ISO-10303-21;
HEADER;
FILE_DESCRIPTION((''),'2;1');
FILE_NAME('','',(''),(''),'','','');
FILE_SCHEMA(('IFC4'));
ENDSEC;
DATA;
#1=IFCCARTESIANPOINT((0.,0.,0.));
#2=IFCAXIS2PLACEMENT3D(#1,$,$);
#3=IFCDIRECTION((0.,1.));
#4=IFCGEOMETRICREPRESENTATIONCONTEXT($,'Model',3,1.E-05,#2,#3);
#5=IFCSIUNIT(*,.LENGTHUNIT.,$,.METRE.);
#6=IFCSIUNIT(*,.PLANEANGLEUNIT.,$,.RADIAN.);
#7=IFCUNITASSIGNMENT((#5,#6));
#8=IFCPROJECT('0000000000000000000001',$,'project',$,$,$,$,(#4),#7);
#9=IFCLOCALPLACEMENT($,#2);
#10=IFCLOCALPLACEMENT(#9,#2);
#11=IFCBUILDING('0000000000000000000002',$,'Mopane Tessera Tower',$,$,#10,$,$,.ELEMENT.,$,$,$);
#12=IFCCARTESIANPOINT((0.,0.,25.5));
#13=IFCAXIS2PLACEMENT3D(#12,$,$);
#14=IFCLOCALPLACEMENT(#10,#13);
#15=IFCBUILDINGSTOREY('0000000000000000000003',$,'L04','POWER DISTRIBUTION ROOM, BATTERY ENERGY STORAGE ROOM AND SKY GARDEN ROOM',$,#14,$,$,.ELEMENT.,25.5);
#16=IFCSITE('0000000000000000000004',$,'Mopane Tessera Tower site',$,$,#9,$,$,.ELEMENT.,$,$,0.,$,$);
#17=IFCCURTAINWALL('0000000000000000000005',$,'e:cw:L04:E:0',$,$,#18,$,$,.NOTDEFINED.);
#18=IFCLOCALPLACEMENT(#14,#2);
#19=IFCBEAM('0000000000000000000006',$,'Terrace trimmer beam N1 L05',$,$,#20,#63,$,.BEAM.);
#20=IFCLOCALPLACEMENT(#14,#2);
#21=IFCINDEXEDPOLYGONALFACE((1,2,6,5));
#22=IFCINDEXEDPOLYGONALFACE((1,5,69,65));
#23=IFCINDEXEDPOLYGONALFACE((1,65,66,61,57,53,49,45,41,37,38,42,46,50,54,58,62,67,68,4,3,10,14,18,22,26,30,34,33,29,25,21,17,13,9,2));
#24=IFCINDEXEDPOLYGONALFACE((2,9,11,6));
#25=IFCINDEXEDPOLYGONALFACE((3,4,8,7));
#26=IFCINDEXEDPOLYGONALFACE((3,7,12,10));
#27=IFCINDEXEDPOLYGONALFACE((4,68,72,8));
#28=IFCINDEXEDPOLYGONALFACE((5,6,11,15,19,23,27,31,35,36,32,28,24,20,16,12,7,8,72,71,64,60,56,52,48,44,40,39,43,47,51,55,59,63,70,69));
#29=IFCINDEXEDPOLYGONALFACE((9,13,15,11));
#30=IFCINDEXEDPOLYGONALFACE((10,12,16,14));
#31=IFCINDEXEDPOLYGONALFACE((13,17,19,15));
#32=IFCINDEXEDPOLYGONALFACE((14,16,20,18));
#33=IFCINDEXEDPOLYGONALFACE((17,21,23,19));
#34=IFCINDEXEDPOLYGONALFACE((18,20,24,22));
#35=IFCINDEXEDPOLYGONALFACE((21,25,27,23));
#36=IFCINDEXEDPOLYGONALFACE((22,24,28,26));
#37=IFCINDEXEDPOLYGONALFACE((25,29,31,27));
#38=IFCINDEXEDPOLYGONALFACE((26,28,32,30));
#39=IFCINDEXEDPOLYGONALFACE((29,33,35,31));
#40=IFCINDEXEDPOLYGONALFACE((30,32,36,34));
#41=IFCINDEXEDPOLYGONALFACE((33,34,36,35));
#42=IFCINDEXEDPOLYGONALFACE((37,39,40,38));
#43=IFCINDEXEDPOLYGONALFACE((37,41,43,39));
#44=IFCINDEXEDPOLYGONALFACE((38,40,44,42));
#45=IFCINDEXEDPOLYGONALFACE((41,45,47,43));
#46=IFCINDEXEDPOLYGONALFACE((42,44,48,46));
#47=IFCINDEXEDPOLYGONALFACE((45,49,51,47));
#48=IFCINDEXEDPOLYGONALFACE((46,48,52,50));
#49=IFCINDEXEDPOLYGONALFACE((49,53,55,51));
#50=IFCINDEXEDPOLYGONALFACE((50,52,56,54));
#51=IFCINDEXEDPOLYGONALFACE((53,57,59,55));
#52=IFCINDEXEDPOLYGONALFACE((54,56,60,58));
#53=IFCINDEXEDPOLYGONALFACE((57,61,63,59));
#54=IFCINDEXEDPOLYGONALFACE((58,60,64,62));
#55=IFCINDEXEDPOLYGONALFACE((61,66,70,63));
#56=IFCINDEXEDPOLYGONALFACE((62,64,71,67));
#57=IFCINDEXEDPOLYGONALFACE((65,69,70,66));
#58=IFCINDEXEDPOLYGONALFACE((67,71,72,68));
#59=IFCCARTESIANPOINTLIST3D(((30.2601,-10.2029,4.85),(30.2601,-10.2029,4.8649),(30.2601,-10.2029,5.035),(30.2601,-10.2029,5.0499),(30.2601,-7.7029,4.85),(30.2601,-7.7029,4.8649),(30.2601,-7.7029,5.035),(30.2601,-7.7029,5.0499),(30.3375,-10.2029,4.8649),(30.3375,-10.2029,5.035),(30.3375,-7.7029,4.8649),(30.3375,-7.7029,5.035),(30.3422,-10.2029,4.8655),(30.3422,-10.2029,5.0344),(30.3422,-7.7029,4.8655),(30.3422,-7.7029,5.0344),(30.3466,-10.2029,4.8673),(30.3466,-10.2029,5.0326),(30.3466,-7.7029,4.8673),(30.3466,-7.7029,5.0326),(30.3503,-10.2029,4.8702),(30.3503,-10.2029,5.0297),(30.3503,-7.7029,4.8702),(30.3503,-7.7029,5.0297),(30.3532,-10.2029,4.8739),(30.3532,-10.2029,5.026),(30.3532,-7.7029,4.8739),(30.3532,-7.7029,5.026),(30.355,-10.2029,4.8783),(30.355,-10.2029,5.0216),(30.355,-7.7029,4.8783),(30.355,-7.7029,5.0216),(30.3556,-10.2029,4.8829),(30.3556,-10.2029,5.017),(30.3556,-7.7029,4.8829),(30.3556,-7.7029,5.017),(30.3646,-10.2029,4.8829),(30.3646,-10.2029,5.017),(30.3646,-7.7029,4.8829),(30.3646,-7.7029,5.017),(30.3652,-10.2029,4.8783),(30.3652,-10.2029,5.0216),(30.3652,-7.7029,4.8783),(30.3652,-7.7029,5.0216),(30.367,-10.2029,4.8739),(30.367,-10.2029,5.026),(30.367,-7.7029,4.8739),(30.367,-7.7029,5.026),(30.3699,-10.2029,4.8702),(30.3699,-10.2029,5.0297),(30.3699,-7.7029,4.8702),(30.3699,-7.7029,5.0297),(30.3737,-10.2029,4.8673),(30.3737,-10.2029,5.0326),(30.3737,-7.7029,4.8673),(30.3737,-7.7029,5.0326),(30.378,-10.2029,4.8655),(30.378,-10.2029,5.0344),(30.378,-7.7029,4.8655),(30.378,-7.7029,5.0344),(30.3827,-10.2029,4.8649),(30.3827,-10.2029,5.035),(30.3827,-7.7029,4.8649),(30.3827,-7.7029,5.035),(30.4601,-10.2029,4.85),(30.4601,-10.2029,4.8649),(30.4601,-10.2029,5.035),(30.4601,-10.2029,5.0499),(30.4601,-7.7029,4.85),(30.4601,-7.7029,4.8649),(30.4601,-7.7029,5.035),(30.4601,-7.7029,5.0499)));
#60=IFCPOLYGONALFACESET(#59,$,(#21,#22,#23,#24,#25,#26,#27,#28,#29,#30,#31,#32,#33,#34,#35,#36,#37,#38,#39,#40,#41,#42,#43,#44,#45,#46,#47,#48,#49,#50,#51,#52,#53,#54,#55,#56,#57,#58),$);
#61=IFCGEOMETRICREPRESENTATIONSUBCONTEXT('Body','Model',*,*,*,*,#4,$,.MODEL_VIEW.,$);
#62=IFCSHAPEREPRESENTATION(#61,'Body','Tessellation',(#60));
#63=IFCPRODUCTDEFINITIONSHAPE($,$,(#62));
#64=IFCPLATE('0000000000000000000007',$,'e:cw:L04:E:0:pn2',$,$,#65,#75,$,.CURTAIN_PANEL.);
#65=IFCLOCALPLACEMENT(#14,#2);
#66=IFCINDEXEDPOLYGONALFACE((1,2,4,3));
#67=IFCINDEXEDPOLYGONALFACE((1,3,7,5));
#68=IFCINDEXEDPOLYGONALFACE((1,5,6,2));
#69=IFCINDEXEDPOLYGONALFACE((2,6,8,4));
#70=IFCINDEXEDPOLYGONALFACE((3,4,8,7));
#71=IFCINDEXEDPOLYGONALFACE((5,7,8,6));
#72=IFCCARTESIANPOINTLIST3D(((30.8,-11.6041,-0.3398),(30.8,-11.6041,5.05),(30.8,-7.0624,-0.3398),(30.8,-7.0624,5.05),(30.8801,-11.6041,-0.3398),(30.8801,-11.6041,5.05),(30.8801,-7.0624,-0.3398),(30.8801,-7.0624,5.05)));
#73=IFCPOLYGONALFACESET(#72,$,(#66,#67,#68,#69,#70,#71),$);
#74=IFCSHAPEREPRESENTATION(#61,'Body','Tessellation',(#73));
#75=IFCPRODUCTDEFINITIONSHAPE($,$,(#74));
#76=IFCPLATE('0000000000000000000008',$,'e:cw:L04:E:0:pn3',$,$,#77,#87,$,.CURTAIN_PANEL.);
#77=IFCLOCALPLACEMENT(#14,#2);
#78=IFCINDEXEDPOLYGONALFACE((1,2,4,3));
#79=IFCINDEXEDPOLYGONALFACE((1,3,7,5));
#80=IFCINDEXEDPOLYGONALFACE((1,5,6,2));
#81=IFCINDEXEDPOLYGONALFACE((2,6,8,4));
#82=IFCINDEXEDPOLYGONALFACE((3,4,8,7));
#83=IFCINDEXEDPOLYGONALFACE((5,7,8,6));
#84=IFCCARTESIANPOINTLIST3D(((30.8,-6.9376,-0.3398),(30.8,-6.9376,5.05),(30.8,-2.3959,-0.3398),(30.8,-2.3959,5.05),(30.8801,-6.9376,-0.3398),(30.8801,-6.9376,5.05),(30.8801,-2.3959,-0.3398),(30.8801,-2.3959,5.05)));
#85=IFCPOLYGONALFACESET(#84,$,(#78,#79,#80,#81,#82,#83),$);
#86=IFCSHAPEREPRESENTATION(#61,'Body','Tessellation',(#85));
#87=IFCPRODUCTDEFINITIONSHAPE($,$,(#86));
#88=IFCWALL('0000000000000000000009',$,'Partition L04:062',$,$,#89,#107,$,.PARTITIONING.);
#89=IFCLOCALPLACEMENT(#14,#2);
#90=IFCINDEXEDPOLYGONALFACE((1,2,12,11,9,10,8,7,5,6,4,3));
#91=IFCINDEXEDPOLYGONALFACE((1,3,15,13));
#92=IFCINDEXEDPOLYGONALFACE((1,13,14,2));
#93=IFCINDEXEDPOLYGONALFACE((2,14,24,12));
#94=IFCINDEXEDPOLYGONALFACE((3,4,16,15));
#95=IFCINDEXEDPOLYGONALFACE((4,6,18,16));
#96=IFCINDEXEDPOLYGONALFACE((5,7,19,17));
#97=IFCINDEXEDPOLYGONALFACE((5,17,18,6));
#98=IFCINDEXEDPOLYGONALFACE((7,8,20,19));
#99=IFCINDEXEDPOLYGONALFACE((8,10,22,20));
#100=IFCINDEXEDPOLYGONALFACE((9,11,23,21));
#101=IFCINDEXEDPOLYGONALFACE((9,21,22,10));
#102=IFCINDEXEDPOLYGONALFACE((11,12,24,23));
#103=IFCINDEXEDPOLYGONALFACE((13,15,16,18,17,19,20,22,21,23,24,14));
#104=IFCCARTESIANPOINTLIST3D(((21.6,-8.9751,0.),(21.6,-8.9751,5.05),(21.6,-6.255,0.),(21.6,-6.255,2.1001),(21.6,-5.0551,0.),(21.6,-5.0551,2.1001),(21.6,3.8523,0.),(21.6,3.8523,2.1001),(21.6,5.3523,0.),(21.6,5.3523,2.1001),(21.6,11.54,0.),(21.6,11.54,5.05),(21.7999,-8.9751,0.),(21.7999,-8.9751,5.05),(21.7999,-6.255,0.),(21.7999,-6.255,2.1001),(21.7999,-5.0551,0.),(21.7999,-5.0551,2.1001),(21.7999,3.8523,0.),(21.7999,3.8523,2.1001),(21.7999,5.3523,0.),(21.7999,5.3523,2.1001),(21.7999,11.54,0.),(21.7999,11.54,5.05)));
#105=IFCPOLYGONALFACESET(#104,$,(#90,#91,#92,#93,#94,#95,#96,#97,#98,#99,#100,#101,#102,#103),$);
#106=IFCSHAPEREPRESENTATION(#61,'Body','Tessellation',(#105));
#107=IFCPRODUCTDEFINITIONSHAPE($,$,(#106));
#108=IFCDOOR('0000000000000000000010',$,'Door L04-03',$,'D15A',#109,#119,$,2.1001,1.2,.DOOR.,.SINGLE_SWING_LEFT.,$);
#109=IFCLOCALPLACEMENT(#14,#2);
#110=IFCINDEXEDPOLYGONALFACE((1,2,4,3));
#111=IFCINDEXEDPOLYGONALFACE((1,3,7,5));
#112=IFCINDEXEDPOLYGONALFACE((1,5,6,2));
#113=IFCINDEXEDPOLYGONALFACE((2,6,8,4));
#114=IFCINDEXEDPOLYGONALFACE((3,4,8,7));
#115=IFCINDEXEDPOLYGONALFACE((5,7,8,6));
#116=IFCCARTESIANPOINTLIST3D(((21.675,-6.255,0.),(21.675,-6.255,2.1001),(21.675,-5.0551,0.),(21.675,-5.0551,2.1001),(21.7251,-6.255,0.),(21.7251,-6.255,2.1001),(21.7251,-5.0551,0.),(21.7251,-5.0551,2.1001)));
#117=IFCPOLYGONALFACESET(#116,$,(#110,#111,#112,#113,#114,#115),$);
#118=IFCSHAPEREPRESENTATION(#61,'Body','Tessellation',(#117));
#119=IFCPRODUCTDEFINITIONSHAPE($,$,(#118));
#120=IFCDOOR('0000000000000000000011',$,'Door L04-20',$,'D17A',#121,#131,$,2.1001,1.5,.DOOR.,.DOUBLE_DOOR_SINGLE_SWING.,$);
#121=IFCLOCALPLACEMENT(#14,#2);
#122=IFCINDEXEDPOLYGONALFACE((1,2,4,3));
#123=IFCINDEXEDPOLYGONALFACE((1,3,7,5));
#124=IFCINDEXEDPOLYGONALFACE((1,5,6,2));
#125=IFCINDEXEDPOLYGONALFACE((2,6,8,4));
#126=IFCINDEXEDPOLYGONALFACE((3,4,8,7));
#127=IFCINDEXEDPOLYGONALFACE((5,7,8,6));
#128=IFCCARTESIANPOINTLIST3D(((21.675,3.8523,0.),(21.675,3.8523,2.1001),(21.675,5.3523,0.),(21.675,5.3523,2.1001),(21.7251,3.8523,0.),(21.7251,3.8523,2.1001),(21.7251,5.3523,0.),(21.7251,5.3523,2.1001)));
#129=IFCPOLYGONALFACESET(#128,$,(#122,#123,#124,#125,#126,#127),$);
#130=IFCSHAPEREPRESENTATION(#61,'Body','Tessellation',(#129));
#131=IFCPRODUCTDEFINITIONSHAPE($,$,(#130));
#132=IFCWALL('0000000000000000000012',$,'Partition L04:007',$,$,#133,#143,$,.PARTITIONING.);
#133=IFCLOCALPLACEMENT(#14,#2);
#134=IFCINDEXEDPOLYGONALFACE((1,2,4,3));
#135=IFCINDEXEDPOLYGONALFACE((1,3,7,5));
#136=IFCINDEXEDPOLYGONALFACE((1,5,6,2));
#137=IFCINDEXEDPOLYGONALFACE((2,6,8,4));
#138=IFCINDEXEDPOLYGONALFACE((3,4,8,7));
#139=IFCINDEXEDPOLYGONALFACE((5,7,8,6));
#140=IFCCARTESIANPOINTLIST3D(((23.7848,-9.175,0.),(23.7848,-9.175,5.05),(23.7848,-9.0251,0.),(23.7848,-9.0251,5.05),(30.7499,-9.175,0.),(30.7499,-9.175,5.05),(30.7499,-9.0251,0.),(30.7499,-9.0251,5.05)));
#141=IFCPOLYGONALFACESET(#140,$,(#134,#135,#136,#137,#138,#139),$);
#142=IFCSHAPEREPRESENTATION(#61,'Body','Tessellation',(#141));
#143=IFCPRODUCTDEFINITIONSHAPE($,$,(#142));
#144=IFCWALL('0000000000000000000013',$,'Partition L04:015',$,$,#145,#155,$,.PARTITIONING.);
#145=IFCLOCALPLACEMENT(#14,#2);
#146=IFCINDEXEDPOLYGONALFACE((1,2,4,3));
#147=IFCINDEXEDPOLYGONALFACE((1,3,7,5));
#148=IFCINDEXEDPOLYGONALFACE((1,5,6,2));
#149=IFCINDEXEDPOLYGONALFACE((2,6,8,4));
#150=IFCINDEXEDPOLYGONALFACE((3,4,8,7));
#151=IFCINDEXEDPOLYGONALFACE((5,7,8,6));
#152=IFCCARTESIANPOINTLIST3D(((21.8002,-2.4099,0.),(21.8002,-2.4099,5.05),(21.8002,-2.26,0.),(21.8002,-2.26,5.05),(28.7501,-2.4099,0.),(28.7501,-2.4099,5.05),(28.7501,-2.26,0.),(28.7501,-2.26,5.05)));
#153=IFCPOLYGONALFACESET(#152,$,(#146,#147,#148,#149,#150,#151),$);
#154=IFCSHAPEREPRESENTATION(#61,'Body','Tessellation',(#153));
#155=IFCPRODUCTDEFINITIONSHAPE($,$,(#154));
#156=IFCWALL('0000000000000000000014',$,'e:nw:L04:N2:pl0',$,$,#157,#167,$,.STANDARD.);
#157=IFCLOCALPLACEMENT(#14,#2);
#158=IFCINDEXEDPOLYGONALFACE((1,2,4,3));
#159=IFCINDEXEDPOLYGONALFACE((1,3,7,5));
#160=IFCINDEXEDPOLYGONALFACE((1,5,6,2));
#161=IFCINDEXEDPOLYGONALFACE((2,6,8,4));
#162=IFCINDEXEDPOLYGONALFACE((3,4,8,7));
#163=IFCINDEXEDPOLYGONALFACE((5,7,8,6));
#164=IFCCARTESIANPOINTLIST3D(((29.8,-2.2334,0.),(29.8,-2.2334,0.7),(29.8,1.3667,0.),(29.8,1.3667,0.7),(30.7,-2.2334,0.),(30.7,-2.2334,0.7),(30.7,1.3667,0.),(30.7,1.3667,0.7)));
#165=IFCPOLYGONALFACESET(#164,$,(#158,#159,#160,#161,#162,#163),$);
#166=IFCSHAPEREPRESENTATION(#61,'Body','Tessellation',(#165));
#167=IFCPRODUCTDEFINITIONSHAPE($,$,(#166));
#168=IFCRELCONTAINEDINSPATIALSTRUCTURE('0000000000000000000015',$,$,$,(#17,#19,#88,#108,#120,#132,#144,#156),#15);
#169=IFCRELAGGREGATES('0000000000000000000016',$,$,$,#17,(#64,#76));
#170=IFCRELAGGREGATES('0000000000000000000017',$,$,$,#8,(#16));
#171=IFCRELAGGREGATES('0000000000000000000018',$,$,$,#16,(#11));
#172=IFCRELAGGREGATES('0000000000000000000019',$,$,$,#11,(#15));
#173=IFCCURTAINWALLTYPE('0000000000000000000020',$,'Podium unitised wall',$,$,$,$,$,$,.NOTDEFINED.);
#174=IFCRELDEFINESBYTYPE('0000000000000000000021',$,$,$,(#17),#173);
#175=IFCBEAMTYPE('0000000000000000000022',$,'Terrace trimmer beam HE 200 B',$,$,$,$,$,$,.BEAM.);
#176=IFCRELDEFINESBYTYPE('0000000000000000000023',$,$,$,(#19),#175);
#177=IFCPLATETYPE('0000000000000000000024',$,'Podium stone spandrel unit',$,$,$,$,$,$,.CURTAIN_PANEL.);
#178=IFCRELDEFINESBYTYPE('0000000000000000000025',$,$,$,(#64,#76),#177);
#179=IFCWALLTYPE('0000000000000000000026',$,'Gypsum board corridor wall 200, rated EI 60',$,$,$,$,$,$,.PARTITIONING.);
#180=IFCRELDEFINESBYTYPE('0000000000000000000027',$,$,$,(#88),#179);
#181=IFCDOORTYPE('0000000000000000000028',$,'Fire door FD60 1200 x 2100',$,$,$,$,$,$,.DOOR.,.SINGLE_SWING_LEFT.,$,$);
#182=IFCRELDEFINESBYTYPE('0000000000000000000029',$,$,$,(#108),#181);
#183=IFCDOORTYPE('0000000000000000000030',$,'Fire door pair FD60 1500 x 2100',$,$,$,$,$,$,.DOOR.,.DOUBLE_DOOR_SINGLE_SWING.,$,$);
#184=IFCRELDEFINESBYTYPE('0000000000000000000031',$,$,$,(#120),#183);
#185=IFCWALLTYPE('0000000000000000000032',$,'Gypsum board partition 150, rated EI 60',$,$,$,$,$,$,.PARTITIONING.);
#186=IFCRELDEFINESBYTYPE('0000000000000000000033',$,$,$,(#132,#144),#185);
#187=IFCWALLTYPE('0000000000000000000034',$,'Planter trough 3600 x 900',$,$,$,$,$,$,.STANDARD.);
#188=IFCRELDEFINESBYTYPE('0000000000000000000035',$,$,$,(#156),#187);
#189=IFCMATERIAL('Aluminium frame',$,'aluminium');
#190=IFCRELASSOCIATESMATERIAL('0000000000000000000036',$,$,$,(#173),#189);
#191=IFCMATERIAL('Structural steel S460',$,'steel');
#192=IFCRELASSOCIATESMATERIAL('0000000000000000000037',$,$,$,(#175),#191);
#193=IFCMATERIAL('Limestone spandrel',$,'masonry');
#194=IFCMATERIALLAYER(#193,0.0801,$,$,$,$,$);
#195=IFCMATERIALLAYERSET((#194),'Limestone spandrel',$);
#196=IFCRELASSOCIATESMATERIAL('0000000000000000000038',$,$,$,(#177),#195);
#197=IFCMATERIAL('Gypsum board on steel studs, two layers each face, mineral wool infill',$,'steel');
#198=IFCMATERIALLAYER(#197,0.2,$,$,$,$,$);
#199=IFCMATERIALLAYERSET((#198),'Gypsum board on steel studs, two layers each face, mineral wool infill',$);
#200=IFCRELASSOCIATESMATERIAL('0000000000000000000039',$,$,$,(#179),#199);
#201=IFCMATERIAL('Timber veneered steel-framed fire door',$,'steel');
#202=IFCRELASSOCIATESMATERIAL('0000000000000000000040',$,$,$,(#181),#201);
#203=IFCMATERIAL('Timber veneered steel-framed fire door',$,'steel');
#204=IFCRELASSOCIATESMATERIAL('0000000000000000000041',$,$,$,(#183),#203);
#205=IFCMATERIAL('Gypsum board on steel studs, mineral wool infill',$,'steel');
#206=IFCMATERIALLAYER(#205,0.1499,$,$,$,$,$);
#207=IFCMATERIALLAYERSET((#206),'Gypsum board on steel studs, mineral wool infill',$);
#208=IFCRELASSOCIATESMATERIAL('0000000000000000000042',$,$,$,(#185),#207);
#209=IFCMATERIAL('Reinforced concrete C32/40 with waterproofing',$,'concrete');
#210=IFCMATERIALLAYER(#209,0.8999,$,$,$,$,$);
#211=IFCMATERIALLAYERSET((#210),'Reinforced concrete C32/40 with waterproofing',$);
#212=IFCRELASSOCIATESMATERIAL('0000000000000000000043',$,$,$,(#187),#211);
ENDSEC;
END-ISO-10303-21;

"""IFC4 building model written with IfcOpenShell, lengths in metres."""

from ifc_helpers import new_model, si_unit, direction, frame, frame_2d, origin, origin_2d, place, context, subcontext, project, spatial, rectangle, i_section, extrude, material, layer, layer_set, material_profile, profile_set, type_object, element, fill, aggregate, save


model = new_model("IFC4")

# Units and contexts
model_context = context("Model", 3, precision=1e-05, world=origin(), true_north=direction((0.0, 1.0)))
body_context = subcontext(model_context, "Body", "Model", "MODEL_VIEW")
ifc_project = project(units=[si_unit("LENGTHUNIT", "METRE"), si_unit("PLANEANGLEUNIT", "RADIAN")], contexts=[model_context])

# Site, building, storey
site_placement = place(None, origin())
site = spatial("IfcSite", under=ifc_project, at=site_placement, Name="Mopane Tessera Tower site", CompositionType="ELEMENT", RefElevation=0.0)
building_placement = place(site_placement, origin())
building = spatial("IfcBuilding", under=site, at=building_placement, Name="Mopane Tessera Tower", CompositionType="ELEMENT")
storey_placement = place(building_placement, frame((0.0, 0.0, 25.5)))
storey = spatial("IfcBuildingStorey", under=building, at=storey_placement, Name="L04", Description="POWER DISTRIBUTION ROOM, BATTERY ENERGY STORAGE ROOM AND SKY GARDEN ROOM", CompositionType="ELEMENT", Elevation=25.5)

# Curtain wall
ifc_material_1 = material(Name="Aluminium frame", Category="aluminium")
curtain_wall_type = type_object("IfcCurtainWallType", Name="Podium unitised wall", PredefinedType="NOTDEFINED", material=ifc_material_1)
curtain_wall_placement = place(storey_placement, origin())
curtain_wall = element("IfcCurtainWall", 1, at=curtain_wall_placement, inside=storey, type_object=curtain_wall_type, Name="e:cw:L04:E:0", PredefinedType="NOTDEFINED")

# Beam
ifc_material_2 = material(Name="Structural steel S460", Category="steel")
ifc_material_profile_1 = material_profile(ifc_material_2, i_section(OverallWidth=0.2, OverallDepth=0.2, WebThickness=0.009, FlangeThickness=0.0149, FilletRadius=0.0181, at=origin_2d()))
ifc_profile_set_1 = profile_set([ifc_material_profile_1], Name="Structural steel S460")
beam_type_1 = type_object("IfcBeamType", Name="Terrace trimmer beam HE 200 B", PredefinedType="BEAM", material=ifc_profile_set_1)
beam_1_placement = place(storey_placement, frame((30.3601, -7.7029, 4.95), z_axis=(0.0, -1.0, 0.0), x_axis=(1.0, 0.0, 0.0)))
element("IfcBeam", 2, at=beam_1_placement, inside=storey, type_object=beam_type_1, Name="Terrace trimmer beam N1 L05", PredefinedType="BEAM", context=body_context, shape_type="SweptSolid", body=[
    extrude(i_section(OverallWidth=0.2, OverallDepth=0.2, WebThickness=0.009, FlangeThickness=0.0149, FilletRadius=0.0181, at=origin_2d()), origin(), (0.0, 0.0, 1.0), 2.5),
])

# Plates
ifc_material_3 = material(Name="Limestone spandrel", Category="masonry")
ifc_layer_1 = layer(ifc_material_3, 0.0801)
ifc_layer_set_1 = layer_set([ifc_layer_1], Name="Limestone spandrel")
plate_type = type_object("IfcPlateType", Name="Podium stone spandrel unit", PredefinedType="CURTAIN_PANEL", material=ifc_layer_set_1)
plate_1_placement = place(storey_placement, frame((30.8401, -9.3333, -0.3398), z_axis=(0.0, 0.0, 1.0), x_axis=(0.0, 1.0, 0.0)))
plate_1 = element("IfcPlate", 3, at=plate_1_placement, type_object=plate_type, Name="e:cw:L04:E:0:pn2", PredefinedType="CURTAIN_PANEL", context=body_context, shape_type="SweptSolid", body=[
    extrude(rectangle(XDim=4.5417, YDim=0.0801, at=origin_2d()), origin(), (0.0, 0.0, 1.0), 5.3899),
])
plate_2_placement = place(storey_placement, frame((30.8401, -4.6667, -0.3398), z_axis=(0.0, 0.0, 1.0), x_axis=(0.0, 1.0, 0.0)))
plate_2 = element("IfcPlate", 4, at=plate_2_placement, type_object=plate_type, Name="e:cw:L04:E:0:pn3", PredefinedType="CURTAIN_PANEL", context=body_context, shape_type="SweptSolid", body=[
    extrude(rectangle(XDim=4.5417, YDim=0.0801, at=origin_2d()), origin(), (0.0, 0.0, 1.0), 5.3899),
])
aggregate(curtain_wall, [plate_1, plate_2])

# Wall, openings, doors
ifc_material_4 = material(Name="Gypsum board on steel studs, two layers each face, mineral wool infill", Category="steel")
ifc_layer_2 = layer(ifc_material_4, 0.2)
ifc_layer_set_2 = layer_set([ifc_layer_2], Name="Gypsum board on steel studs, two layers each face, mineral wool infill")
wall_type_1 = type_object("IfcWallType", Name="Gypsum board corridor wall 200, rated EI 60", PredefinedType="PARTITIONING", material=ifc_layer_set_2)
wall_1_placement = place(storey_placement, frame((21.7, -8.9751, 0.0), z_axis=(0.0, 0.0, 1.0), x_axis=(0.0, 1.0, 0.0)))
wall_1 = element("IfcWall", 5, at=wall_1_placement, inside=storey, type_object=wall_type_1, Name="Partition L04:062", PredefinedType="PARTITIONING", context=body_context, shape_type="SweptSolid", body=[
    extrude(rectangle(XDim=20.5151, YDim=0.2, at=frame_2d((10.2576, 0.0))), origin(), (0.0, 0.0, 1.0), 5.05),
])
opening_1_placement = place(wall_1_placement, frame((2.72, 0.0, 0.0)))
opening_1 = element("IfcOpeningElement", 6, at=opening_1_placement, cuts=wall_1, PredefinedType="OPENING", context=body_context, shape_type="SweptSolid", body=[
    extrude(rectangle(XDim=1.2, YDim=2.1001, at=frame_2d((0.6001, 1.05))), frame((0.0, 0.1121, 0.0), z_axis=(0.0, -1.0, 0.0), x_axis=(1.0, 0.0, 0.0)), (0.0, 0.0, 1.0), 0.2239),
])
opening_2_placement = place(wall_1_placement, frame((12.8274, 0.0, 0.0)))
opening_2 = element("IfcOpeningElement", 7, at=opening_2_placement, cuts=wall_1, PredefinedType="OPENING", context=body_context, shape_type="SweptSolid", body=[
    extrude(rectangle(XDim=1.5, YDim=2.1001, at=frame_2d((0.75, 1.05))), frame((0.0, 0.1121, 0.0), z_axis=(0.0, -1.0, 0.0), x_axis=(1.0, 0.0, 0.0)), (0.0, 0.0, 1.0), 0.2239),
])
ifc_material_5 = material(Name="Timber veneered steel-framed fire door", Category="steel")
door_type_1 = type_object("IfcDoorType", Name="Fire door FD60 1200 x 2100", OperationType="SINGLE_SWING_LEFT", PredefinedType="DOOR", material=ifc_material_5)
door_1_placement = place(opening_1_placement, origin())
door_1 = element("IfcDoor", 8, at=door_1_placement, inside=storey, type_object=door_type_1, Name="Door L04-03", ObjectType="D15A", OperationType="SINGLE_SWING_LEFT", OverallHeight=2.1001, OverallWidth=1.2, PredefinedType="DOOR", context=body_context, shape_type="SweptSolid", body=[
    extrude(rectangle(XDim=1.2, YDim=2.1001, at=frame_2d((0.6001, 1.05))), frame((0.0, 0.0249, 0.0), z_axis=(0.0, -1.0, 0.0), x_axis=(1.0, 0.0, 0.0)), (0.0, 0.0, 1.0), 0.05),
])
fill(opening_1, door_1)
ifc_material_6 = material(Name="Timber veneered steel-framed fire door", Category="steel")
door_type_2 = type_object("IfcDoorType", Name="Fire door pair FD60 1500 x 2100", OperationType="DOUBLE_DOOR_SINGLE_SWING", PredefinedType="DOOR", material=ifc_material_6)
door_2_placement = place(opening_2_placement, origin())
door_2 = element("IfcDoor", 9, at=door_2_placement, inside=storey, type_object=door_type_2, Name="Door L04-20", ObjectType="D17A", OperationType="DOUBLE_DOOR_SINGLE_SWING", OverallHeight=2.1001, OverallWidth=1.5, PredefinedType="DOOR", context=body_context, shape_type="SweptSolid", body=[
    extrude(rectangle(XDim=1.5, YDim=2.1001, at=frame_2d((0.75, 1.05))), frame((0.0, 0.0249, 0.0), z_axis=(0.0, -1.0, 0.0), x_axis=(1.0, 0.0, 0.0)), (0.0, 0.0, 1.0), 0.05),
])
fill(opening_2, door_2)

# Walls
ifc_material_7 = material(Name="Gypsum board on steel studs, mineral wool infill", Category="steel")
ifc_layer_3 = layer(ifc_material_7, 0.1499)
ifc_layer_set_3 = layer_set([ifc_layer_3], Name="Gypsum board on steel studs, mineral wool infill")
wall_type_2 = type_object("IfcWallType", Name="Gypsum board partition 150, rated EI 60", PredefinedType="PARTITIONING", material=ifc_layer_set_3)
wall_2_placement = place(storey_placement, frame((23.7849, -9.1001, 0.0), z_axis=(0.0, 0.0, 1.0), x_axis=(1.0, 0.0, 0.0)))
element("IfcWall", 10, at=wall_2_placement, inside=storey, type_object=wall_type_2, Name="Partition L04:007", PredefinedType="PARTITIONING", context=body_context, shape_type="SweptSolid", body=[
    extrude(rectangle(XDim=6.9651, YDim=0.1499, at=frame_2d((3.4824, 0.0))), origin(), (0.0, 0.0, 1.0), 5.05),
])
wall_3_placement = place(storey_placement, frame((21.8, -2.335, 0.0), z_axis=(0.0, 0.0, 1.0), x_axis=(1.0, 0.0, 0.0)))
element("IfcWall", 11, at=wall_3_placement, inside=storey, type_object=wall_type_2, Name="Partition L04:015", PredefinedType="PARTITIONING", context=body_context, shape_type="SweptSolid", body=[
    extrude(rectangle(XDim=6.95, YDim=0.1499, at=frame_2d((3.4751, 0.0))), origin(), (0.0, 0.0, 1.0), 5.05),
])
ifc_material_8 = material(Name="Reinforced concrete C32/40 with waterproofing", Category="concrete")
ifc_layer_4 = layer(ifc_material_8, 0.8999)
ifc_layer_set_4 = layer_set([ifc_layer_4], Name="Reinforced concrete C32/40 with waterproofing")
wall_type_3 = type_object("IfcWallType", Name="Planter trough 3600 x 900", PredefinedType="STANDARD", material=ifc_layer_set_4)
wall_4_placement = place(storey_placement, frame((30.25, -2.2334, 0.0), z_axis=(0.0, 0.0, 1.0), x_axis=(0.0, 1.0, 0.0)))
element("IfcWall", 12, at=wall_4_placement, inside=storey, type_object=wall_type_3, Name="e:nw:L04:N2:pl0", PredefinedType="STANDARD", context=body_context, shape_type="SweptSolid", body=[
    extrude(rectangle(XDim=3.6001, YDim=0.8999, at=frame_2d((1.8, 0.0))), origin(), (0.0, 0.0, 1.0), 0.7),
])

save(model, "model.ifc")
